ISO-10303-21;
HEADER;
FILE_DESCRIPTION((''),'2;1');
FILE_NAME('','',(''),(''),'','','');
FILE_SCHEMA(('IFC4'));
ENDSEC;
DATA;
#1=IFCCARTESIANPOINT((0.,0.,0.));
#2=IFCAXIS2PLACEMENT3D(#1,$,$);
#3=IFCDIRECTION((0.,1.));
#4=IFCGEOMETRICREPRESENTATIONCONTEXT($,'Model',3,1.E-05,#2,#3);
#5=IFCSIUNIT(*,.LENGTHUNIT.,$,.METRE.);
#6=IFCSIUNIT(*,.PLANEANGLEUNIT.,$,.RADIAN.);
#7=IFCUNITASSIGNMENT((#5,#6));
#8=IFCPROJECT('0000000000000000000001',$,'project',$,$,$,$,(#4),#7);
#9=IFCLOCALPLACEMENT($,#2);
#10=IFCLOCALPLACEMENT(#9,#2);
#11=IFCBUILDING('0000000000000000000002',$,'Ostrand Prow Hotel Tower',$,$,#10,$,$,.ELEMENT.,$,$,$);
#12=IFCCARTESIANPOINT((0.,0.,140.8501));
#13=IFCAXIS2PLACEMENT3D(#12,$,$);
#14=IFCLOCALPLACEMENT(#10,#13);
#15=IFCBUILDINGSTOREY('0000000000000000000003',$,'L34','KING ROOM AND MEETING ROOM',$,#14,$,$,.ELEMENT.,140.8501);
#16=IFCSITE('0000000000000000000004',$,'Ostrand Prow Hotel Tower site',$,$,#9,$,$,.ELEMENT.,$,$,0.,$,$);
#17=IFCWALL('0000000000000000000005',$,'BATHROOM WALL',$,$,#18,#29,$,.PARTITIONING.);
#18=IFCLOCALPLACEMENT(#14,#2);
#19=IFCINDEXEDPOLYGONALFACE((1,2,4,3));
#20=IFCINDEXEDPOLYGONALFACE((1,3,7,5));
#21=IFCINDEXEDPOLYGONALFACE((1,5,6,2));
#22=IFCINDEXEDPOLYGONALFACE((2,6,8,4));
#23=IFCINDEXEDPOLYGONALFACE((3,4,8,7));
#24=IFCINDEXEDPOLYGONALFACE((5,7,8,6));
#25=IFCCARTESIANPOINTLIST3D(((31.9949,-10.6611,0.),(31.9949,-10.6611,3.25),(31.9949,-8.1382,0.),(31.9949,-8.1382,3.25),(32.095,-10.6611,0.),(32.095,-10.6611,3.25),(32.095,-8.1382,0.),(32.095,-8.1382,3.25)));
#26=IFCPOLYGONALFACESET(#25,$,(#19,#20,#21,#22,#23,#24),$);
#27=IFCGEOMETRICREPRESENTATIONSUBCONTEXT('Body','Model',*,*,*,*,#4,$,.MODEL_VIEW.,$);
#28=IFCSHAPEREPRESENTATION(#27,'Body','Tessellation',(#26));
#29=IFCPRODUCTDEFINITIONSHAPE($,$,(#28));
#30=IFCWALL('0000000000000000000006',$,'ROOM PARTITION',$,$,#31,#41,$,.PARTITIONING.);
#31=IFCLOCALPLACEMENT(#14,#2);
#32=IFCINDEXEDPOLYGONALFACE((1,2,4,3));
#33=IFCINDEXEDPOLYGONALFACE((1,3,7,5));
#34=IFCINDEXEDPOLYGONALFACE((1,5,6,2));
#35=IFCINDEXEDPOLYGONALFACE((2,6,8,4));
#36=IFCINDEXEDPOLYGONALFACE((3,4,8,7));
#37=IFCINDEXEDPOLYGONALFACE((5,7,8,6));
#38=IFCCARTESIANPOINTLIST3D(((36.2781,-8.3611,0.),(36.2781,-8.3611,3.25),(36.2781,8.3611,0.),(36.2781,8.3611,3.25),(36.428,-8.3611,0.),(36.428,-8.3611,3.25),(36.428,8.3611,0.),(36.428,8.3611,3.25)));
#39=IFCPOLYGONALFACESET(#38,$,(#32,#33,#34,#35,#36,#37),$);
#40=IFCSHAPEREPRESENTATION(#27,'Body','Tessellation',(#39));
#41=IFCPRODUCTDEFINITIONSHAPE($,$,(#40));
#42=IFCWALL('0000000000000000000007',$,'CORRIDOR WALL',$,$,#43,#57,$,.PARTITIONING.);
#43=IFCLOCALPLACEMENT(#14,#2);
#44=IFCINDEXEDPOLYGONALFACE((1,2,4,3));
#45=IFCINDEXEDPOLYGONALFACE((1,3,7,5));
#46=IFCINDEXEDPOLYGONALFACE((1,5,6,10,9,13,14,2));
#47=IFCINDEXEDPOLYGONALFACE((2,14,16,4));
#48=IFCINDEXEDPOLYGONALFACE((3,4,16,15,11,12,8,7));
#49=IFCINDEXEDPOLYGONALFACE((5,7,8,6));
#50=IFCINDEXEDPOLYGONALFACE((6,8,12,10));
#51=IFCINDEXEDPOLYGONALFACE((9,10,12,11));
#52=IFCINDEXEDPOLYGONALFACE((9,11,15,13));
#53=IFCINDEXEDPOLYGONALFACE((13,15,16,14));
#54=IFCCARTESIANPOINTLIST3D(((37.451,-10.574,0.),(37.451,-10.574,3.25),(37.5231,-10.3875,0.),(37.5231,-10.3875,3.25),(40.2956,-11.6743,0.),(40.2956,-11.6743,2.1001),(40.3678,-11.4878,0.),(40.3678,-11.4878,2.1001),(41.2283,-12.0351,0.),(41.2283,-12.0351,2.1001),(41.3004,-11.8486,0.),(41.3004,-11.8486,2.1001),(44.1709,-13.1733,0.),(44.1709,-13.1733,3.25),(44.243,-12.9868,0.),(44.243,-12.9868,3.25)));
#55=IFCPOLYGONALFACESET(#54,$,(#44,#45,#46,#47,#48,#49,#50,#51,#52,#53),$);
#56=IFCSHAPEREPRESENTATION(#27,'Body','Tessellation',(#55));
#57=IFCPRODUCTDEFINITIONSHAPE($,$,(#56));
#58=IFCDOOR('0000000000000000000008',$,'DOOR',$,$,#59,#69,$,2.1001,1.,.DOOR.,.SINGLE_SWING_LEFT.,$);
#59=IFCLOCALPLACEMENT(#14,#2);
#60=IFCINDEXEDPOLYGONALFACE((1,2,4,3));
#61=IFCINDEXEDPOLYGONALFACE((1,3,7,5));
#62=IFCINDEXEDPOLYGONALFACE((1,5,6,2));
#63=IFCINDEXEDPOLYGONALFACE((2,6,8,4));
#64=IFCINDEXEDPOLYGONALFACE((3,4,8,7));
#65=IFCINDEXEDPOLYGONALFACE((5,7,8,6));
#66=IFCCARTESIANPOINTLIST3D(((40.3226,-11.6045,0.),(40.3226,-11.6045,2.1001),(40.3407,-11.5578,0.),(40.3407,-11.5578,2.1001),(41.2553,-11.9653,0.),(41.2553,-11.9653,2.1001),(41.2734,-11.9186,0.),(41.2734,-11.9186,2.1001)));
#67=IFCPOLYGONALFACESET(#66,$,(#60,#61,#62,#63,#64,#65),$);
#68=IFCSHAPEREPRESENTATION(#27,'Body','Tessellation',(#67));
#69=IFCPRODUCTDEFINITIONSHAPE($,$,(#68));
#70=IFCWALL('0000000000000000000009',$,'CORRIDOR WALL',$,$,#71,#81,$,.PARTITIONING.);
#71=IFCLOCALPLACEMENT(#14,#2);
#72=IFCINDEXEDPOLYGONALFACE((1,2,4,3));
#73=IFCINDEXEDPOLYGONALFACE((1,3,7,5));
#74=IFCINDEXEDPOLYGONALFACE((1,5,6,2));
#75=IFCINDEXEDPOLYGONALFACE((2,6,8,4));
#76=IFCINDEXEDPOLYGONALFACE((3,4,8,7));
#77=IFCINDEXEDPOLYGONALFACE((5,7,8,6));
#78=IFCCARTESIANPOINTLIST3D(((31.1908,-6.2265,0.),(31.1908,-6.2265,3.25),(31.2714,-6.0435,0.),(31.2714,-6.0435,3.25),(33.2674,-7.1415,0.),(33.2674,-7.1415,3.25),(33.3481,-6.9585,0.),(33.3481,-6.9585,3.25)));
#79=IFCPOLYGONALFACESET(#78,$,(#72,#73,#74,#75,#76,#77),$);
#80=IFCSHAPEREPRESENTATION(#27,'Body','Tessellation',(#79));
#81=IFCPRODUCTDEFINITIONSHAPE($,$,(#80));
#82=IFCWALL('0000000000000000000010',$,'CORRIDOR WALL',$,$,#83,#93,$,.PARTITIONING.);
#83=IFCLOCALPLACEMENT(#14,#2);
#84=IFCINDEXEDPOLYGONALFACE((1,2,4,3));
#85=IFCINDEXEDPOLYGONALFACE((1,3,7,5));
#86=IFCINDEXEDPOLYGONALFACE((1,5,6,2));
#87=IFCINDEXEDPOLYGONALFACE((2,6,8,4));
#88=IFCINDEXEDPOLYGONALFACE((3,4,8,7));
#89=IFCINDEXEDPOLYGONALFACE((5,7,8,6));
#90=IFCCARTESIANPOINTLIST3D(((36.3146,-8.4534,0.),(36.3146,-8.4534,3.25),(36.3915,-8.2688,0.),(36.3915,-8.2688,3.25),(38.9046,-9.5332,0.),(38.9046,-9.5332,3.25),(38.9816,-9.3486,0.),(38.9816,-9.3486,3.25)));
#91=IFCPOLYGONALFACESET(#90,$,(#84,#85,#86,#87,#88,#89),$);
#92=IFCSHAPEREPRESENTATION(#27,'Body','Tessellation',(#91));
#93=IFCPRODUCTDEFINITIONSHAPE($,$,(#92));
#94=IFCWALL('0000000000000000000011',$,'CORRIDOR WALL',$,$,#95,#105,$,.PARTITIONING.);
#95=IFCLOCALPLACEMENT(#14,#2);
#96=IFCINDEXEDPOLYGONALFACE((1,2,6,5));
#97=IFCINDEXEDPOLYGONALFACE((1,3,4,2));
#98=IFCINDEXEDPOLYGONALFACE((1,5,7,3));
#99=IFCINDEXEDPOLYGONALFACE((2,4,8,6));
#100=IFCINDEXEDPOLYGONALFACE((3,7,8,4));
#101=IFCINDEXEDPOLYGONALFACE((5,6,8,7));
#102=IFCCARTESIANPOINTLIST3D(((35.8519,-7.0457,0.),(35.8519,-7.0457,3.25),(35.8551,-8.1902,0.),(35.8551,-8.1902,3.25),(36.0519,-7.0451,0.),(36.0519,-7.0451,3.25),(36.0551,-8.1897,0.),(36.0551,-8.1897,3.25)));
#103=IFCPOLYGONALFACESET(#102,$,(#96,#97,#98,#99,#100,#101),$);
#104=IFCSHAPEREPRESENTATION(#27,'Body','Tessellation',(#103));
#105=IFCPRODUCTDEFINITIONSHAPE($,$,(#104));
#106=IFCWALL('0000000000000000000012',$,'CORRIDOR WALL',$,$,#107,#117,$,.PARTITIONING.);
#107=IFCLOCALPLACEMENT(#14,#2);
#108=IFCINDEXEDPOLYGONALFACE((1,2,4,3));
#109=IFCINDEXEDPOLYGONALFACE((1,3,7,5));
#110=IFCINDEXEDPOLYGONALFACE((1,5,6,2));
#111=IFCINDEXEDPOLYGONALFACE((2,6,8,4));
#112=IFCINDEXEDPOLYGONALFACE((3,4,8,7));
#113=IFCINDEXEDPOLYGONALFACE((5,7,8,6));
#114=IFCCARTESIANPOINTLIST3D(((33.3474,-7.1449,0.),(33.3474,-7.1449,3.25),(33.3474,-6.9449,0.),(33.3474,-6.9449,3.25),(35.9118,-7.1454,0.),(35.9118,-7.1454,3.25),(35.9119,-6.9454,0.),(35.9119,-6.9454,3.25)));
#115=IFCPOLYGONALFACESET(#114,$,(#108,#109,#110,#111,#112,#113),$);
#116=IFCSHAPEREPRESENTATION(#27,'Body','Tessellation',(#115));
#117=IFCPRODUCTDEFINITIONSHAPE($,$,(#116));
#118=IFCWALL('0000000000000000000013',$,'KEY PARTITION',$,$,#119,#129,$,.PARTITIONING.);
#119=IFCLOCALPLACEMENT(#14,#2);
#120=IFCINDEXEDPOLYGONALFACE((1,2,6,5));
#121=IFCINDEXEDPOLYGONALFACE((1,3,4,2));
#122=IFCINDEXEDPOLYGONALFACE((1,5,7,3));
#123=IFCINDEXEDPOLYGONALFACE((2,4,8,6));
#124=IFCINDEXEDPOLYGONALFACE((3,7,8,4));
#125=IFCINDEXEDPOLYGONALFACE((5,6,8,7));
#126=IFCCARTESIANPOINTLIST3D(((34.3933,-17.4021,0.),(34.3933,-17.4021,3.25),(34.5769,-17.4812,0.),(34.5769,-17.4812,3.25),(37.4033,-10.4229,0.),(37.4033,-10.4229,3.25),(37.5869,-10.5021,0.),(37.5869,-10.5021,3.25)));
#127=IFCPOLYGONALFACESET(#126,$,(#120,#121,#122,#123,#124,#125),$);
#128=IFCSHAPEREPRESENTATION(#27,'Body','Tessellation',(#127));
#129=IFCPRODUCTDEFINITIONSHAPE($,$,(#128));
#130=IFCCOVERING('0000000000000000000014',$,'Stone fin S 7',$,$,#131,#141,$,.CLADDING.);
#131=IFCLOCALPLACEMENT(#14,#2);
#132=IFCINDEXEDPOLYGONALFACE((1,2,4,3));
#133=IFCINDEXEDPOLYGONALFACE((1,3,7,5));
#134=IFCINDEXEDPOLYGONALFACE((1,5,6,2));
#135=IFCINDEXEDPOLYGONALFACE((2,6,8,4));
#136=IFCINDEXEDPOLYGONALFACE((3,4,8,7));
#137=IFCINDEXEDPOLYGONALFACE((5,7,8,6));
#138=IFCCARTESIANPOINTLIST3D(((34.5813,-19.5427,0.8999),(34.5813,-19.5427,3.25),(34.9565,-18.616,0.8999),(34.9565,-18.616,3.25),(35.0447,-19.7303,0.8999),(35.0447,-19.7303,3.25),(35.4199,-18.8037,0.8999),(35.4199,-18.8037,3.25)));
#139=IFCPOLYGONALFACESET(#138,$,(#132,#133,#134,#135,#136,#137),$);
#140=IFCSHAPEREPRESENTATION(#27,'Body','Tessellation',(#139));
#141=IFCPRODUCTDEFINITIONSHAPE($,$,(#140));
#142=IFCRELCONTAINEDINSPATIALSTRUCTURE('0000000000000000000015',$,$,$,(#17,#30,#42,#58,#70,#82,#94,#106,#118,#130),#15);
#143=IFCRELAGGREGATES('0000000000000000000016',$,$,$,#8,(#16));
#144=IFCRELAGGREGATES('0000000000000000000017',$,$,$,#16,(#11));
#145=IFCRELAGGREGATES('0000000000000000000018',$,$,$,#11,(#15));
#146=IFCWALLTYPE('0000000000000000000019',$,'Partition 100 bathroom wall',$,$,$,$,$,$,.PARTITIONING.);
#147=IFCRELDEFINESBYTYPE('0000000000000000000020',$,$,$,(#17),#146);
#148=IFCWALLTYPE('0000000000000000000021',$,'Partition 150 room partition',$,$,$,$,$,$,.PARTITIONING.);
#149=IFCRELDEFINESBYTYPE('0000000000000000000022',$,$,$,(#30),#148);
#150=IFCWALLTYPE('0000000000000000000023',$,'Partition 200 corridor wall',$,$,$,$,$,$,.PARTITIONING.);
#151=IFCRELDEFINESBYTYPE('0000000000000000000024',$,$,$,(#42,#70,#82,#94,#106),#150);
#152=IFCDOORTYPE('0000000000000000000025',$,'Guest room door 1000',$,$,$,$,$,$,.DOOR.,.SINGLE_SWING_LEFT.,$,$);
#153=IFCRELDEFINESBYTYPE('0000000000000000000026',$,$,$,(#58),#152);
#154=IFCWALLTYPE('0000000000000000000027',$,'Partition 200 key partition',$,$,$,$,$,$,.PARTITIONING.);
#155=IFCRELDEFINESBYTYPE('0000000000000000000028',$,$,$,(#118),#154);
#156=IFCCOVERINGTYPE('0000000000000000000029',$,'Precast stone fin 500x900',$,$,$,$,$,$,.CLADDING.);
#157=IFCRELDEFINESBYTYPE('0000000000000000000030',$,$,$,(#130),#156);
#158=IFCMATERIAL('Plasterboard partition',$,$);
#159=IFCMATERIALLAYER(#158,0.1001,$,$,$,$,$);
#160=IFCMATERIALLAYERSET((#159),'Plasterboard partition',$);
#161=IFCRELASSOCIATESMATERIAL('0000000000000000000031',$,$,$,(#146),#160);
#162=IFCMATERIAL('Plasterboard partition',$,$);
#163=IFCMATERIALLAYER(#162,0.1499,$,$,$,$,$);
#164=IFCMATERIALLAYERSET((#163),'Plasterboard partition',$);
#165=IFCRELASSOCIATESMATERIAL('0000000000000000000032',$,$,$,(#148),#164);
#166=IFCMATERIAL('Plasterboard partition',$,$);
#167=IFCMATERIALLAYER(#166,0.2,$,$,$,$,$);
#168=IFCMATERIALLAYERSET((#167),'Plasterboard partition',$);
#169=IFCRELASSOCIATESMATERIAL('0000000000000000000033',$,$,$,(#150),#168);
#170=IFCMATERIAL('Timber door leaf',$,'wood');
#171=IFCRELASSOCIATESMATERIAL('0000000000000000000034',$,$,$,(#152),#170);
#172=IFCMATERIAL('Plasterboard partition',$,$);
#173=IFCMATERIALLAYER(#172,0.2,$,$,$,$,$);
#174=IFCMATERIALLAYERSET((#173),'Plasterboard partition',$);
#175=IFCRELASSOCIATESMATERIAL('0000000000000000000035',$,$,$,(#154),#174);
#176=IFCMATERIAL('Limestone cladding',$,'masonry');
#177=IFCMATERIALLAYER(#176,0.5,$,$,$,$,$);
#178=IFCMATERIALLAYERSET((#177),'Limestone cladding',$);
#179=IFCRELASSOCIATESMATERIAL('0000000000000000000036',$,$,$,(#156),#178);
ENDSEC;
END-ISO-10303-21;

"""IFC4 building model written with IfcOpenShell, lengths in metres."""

from ifc_helpers import new_model, si_unit, direction, frame, frame_2d, origin, place, context, subcontext, project, spatial, rectangle, extrude, material, layer, layer_set, type_object, element, fill, save


model = new_model("IFC4")

# Units and contexts
model_context = context("Model", 3, precision=1e-05, world=origin(), true_north=direction((0.0, 1.0)))
body_context = subcontext(model_context, "Body", "Model", "MODEL_VIEW")
ifc_project = project(units=[si_unit("LENGTHUNIT", "METRE"), si_unit("PLANEANGLEUNIT", "RADIAN")], contexts=[model_context])

# Site, building, storey
site_placement = place(None, origin())
site = spatial("IfcSite", under=ifc_project, at=site_placement, Name="Ostrand Prow Hotel Tower site", CompositionType="ELEMENT", RefElevation=0.0)
building_placement = place(site_placement, origin())
building = spatial("IfcBuilding", under=site, at=building_placement, Name="Ostrand Prow Hotel Tower", CompositionType="ELEMENT")
storey_placement = place(building_placement, frame((0.0, 0.0, 140.8501)))
storey = spatial("IfcBuildingStorey", under=building, at=storey_placement, Name="L34", Description="KING ROOM AND MEETING ROOM", CompositionType="ELEMENT", Elevation=140.8501)

# Shared definitions
ifc_material_1 = material(Name="Plasterboard partition")
ifc_layer_1 = layer(ifc_material_1, 0.1001)
ifc_layer_set_1 = layer_set([ifc_layer_1], Name="Plasterboard partition")
wall_type_1 = type_object("IfcWallType", Name="Partition 100 bathroom wall", PredefinedType="PARTITIONING", material=ifc_layer_set_1)

# Walls
wall_1_placement = place(storey_placement, frame((32.0449, -8.1382, 0.0), z_axis=(0.0, 0.0, 1.0), x_axis=(0.0, -1.0, 0.0)))
element("IfcWall", 1, at=wall_1_placement, inside=storey, type_object=wall_type_1, Name="BATHROOM WALL", PredefinedType="PARTITIONING", context=body_context, shape_type="SweptSolid", body=[
    extrude(rectangle(XDim=2.5229, YDim=0.1001, at=frame_2d((1.2615, 0.0))), origin(), (0.0, 0.0, 1.0), 3.25),
])
ifc_material_2 = material(Name="Plasterboard partition")
ifc_layer_2 = layer(ifc_material_2, 0.1499)
ifc_layer_set_2 = layer_set([ifc_layer_2], Name="Plasterboard partition")
wall_type_2 = type_object("IfcWallType", Name="Partition 150 room partition", PredefinedType="PARTITIONING", material=ifc_layer_set_2)
wall_2_placement = place(storey_placement, frame((36.353, -8.3611, 0.0), z_axis=(0.0, 0.0, 1.0), x_axis=(0.0, 1.0, 0.0)))
element("IfcWall", 2, at=wall_2_placement, inside=storey, type_object=wall_type_2, Name="ROOM PARTITION", PredefinedType="PARTITIONING", context=body_context, shape_type="SweptSolid", body=[
    extrude(rectangle(XDim=16.7222, YDim=0.1499, at=frame_2d((8.3611, 0.0))), origin(), (0.0, 0.0, 1.0), 3.25),
])

# Wall, opening, door
ifc_material_3 = material(Name="Plasterboard partition")
ifc_layer_3 = layer(ifc_material_3, 0.2)
ifc_layer_set_3 = layer_set([ifc_layer_3], Name="Plasterboard partition")
wall_type_3 = type_object("IfcWallType", Name="Partition 200 corridor wall", PredefinedType="PARTITIONING", material=ifc_layer_set_3)
wall_3_placement = place(storey_placement, frame((37.4871, -10.4807, 0.0), z_axis=(0.0, 0.0, 1.0), x_axis=(0.932657, -0.360763, 0.0)))
wall_3 = element("IfcWall", 3, at=wall_3_placement, inside=storey, type_object=wall_type_3, Name="CORRIDOR WALL", PredefinedType="PARTITIONING", context=body_context, shape_type="SweptSolid", body=[
    extrude(rectangle(XDim=7.2051, YDim=0.2, at=frame_2d((3.6025, 0.0))), origin(), (0.0, 0.0, 1.0), 3.25),
])
opening_1_placement = place(wall_3_placement, frame((3.05, 0.0, 0.0)))
opening_1 = element("IfcOpeningElement", 4, at=opening_1_placement, cuts=wall_3, PredefinedType="OPENING", context=body_context, shape_type="SweptSolid", body=[
    extrude(rectangle(XDim=1.0, YDim=2.1001, at=frame_2d((0.5, 1.05))), frame((0.0, 0.1099, 0.0), z_axis=(0.0, -1.0, 0.0), x_axis=(1.0, 0.0, 0.0)), (0.0, 0.0, 1.0), 0.22),
])
ifc_material_4 = material(Name="Timber door leaf", Category="wood")
door_type_1 = type_object("IfcDoorType", Name="Guest room door 1000", OperationType="SINGLE_SWING_LEFT", PredefinedType="DOOR", material=ifc_material_4)
door_1_placement = place(opening_1_placement, origin())
door_1 = element("IfcDoor", 5, at=door_1_placement, inside=storey, type_object=door_type_1, Name="DOOR", OperationType="SINGLE_SWING_LEFT", OverallHeight=2.1001, OverallWidth=1.0, PredefinedType="DOOR", context=body_context, shape_type="SweptSolid", body=[
    extrude(rectangle(XDim=1.0, YDim=2.1001, at=frame_2d((0.5, 1.05))), frame((0.0, 0.0249, 0.0), z_axis=(0.0, -1.0, 0.0), x_axis=(1.0, 0.0, 0.0)), (0.0, 0.0, 1.0), 0.05),
])
fill(opening_1, door_1)

# Walls
wall_4_placement = place(storey_placement, frame((33.3079, -7.05, 0.0), z_axis=(0.0, 0.0, 1.0), x_axis=(-0.915102, 0.403222, 0.0)))
element("IfcWall", 6, at=wall_4_placement, inside=storey, type_object=wall_type_3, Name="CORRIDOR WALL", PredefinedType="PARTITIONING", context=body_context, shape_type="SweptSolid", body=[
    extrude(rectangle(XDim=2.2693, YDim=0.2, at=frame_2d((1.1348, 0.0))), origin(), (0.0, 0.0, 1.0), 3.25),
])
wall_5_placement = place(storey_placement, frame((38.9431, -9.4409, 0.0), z_axis=(0.0, 0.0, 1.0), x_axis=(-0.922997, 0.384807, 0.0)))
element("IfcWall", 7, at=wall_5_placement, inside=storey, type_object=wall_type_3, Name="CORRIDOR WALL", PredefinedType="PARTITIONING", context=body_context, shape_type="SweptSolid", body=[
    extrude(rectangle(XDim=2.8062, YDim=0.2, at=frame_2d((1.4031, 0.0))), origin(), (0.0, 0.0, 1.0), 3.25),
])
wall_6_placement = place(storey_placement, frame((35.9551, -8.1899, 0.0), z_axis=(0.0, 0.0, 1.0), x_axis=(-0.002773, 0.999996, 0.0)))
element("IfcWall", 8, at=wall_6_placement, inside=storey, type_object=wall_type_3, Name="CORRIDOR WALL", PredefinedType="PARTITIONING", context=body_context, shape_type="SweptSolid", body=[
    extrude(rectangle(XDim=1.1445, YDim=0.2, at=frame_2d((0.5723, 0.0))), origin(), (0.0, 0.0, 1.0), 3.25),
])
wall_7_placement = place(storey_placement, frame((35.9119, -7.0454, 0.0), z_axis=(0.0, 0.0, 1.0), x_axis=(-1.0, 0.00019, 0.0)))
element("IfcWall", 9, at=wall_7_placement, inside=storey, type_object=wall_type_3, Name="CORRIDOR WALL", PredefinedType="PARTITIONING", context=body_context, shape_type="SweptSolid", body=[
    extrude(rectangle(XDim=2.5645, YDim=0.2, at=frame_2d((1.2822, 0.0))), origin(), (0.0, 0.0, 1.0), 3.25),
])
ifc_material_5 = material(Name="Plasterboard partition")
ifc_layer_4 = layer(ifc_material_5, 0.2)
ifc_layer_set_4 = layer_set([ifc_layer_4], Name="Plasterboard partition")
wall_type_4 = type_object("IfcWallType", Name="Partition 200 key partition", PredefinedType="PARTITIONING", material=ifc_layer_set_4)
wall_8_placement = place(storey_placement, frame((34.4851, -17.4417, 0.0), z_axis=(0.0, 0.0, 1.0), x_axis=(0.396019, 0.918242, 0.0)))
element("IfcWall", 10, at=wall_8_placement, inside=storey, type_object=wall_type_4, Name="KEY PARTITION", PredefinedType="PARTITIONING", context=body_context, shape_type="SweptSolid", body=[
    extrude(rectangle(XDim=7.6006, YDim=0.2, at=frame_2d((3.8003, 0.0))), origin(), (0.0, 0.0, 1.0), 3.25),
])

# Covering
ifc_material_6 = material(Name="Limestone cladding", Category="masonry")
ifc_layer_5 = layer(ifc_material_6, 0.5)
ifc_layer_set_5 = layer_set([ifc_layer_5], Name="Limestone cladding")
covering_type = type_object("IfcCoveringType", Name="Precast stone fin 500x900", PredefinedType="CLADDING", material=ifc_layer_set_5)
covering_placement = place(storey_placement, frame((35.1882, -18.7097, 0.8999), z_axis=(0.0, 0.0, 1.0), x_axis=(-0.375303, -0.926902, 0.0)))
element("IfcCovering", 11, at=covering_placement, inside=storey, type_object=covering_type, Name="Stone fin S 7", PredefinedType="CLADDING", context=body_context, shape_type="SweptSolid", body=[
    extrude(rectangle(XDim=0.9998, YDim=0.5, at=frame_2d((0.5, 0.0))), origin(), (0.0, 0.0, 1.0), 2.3501),
])

save(model, "model.ifc")
